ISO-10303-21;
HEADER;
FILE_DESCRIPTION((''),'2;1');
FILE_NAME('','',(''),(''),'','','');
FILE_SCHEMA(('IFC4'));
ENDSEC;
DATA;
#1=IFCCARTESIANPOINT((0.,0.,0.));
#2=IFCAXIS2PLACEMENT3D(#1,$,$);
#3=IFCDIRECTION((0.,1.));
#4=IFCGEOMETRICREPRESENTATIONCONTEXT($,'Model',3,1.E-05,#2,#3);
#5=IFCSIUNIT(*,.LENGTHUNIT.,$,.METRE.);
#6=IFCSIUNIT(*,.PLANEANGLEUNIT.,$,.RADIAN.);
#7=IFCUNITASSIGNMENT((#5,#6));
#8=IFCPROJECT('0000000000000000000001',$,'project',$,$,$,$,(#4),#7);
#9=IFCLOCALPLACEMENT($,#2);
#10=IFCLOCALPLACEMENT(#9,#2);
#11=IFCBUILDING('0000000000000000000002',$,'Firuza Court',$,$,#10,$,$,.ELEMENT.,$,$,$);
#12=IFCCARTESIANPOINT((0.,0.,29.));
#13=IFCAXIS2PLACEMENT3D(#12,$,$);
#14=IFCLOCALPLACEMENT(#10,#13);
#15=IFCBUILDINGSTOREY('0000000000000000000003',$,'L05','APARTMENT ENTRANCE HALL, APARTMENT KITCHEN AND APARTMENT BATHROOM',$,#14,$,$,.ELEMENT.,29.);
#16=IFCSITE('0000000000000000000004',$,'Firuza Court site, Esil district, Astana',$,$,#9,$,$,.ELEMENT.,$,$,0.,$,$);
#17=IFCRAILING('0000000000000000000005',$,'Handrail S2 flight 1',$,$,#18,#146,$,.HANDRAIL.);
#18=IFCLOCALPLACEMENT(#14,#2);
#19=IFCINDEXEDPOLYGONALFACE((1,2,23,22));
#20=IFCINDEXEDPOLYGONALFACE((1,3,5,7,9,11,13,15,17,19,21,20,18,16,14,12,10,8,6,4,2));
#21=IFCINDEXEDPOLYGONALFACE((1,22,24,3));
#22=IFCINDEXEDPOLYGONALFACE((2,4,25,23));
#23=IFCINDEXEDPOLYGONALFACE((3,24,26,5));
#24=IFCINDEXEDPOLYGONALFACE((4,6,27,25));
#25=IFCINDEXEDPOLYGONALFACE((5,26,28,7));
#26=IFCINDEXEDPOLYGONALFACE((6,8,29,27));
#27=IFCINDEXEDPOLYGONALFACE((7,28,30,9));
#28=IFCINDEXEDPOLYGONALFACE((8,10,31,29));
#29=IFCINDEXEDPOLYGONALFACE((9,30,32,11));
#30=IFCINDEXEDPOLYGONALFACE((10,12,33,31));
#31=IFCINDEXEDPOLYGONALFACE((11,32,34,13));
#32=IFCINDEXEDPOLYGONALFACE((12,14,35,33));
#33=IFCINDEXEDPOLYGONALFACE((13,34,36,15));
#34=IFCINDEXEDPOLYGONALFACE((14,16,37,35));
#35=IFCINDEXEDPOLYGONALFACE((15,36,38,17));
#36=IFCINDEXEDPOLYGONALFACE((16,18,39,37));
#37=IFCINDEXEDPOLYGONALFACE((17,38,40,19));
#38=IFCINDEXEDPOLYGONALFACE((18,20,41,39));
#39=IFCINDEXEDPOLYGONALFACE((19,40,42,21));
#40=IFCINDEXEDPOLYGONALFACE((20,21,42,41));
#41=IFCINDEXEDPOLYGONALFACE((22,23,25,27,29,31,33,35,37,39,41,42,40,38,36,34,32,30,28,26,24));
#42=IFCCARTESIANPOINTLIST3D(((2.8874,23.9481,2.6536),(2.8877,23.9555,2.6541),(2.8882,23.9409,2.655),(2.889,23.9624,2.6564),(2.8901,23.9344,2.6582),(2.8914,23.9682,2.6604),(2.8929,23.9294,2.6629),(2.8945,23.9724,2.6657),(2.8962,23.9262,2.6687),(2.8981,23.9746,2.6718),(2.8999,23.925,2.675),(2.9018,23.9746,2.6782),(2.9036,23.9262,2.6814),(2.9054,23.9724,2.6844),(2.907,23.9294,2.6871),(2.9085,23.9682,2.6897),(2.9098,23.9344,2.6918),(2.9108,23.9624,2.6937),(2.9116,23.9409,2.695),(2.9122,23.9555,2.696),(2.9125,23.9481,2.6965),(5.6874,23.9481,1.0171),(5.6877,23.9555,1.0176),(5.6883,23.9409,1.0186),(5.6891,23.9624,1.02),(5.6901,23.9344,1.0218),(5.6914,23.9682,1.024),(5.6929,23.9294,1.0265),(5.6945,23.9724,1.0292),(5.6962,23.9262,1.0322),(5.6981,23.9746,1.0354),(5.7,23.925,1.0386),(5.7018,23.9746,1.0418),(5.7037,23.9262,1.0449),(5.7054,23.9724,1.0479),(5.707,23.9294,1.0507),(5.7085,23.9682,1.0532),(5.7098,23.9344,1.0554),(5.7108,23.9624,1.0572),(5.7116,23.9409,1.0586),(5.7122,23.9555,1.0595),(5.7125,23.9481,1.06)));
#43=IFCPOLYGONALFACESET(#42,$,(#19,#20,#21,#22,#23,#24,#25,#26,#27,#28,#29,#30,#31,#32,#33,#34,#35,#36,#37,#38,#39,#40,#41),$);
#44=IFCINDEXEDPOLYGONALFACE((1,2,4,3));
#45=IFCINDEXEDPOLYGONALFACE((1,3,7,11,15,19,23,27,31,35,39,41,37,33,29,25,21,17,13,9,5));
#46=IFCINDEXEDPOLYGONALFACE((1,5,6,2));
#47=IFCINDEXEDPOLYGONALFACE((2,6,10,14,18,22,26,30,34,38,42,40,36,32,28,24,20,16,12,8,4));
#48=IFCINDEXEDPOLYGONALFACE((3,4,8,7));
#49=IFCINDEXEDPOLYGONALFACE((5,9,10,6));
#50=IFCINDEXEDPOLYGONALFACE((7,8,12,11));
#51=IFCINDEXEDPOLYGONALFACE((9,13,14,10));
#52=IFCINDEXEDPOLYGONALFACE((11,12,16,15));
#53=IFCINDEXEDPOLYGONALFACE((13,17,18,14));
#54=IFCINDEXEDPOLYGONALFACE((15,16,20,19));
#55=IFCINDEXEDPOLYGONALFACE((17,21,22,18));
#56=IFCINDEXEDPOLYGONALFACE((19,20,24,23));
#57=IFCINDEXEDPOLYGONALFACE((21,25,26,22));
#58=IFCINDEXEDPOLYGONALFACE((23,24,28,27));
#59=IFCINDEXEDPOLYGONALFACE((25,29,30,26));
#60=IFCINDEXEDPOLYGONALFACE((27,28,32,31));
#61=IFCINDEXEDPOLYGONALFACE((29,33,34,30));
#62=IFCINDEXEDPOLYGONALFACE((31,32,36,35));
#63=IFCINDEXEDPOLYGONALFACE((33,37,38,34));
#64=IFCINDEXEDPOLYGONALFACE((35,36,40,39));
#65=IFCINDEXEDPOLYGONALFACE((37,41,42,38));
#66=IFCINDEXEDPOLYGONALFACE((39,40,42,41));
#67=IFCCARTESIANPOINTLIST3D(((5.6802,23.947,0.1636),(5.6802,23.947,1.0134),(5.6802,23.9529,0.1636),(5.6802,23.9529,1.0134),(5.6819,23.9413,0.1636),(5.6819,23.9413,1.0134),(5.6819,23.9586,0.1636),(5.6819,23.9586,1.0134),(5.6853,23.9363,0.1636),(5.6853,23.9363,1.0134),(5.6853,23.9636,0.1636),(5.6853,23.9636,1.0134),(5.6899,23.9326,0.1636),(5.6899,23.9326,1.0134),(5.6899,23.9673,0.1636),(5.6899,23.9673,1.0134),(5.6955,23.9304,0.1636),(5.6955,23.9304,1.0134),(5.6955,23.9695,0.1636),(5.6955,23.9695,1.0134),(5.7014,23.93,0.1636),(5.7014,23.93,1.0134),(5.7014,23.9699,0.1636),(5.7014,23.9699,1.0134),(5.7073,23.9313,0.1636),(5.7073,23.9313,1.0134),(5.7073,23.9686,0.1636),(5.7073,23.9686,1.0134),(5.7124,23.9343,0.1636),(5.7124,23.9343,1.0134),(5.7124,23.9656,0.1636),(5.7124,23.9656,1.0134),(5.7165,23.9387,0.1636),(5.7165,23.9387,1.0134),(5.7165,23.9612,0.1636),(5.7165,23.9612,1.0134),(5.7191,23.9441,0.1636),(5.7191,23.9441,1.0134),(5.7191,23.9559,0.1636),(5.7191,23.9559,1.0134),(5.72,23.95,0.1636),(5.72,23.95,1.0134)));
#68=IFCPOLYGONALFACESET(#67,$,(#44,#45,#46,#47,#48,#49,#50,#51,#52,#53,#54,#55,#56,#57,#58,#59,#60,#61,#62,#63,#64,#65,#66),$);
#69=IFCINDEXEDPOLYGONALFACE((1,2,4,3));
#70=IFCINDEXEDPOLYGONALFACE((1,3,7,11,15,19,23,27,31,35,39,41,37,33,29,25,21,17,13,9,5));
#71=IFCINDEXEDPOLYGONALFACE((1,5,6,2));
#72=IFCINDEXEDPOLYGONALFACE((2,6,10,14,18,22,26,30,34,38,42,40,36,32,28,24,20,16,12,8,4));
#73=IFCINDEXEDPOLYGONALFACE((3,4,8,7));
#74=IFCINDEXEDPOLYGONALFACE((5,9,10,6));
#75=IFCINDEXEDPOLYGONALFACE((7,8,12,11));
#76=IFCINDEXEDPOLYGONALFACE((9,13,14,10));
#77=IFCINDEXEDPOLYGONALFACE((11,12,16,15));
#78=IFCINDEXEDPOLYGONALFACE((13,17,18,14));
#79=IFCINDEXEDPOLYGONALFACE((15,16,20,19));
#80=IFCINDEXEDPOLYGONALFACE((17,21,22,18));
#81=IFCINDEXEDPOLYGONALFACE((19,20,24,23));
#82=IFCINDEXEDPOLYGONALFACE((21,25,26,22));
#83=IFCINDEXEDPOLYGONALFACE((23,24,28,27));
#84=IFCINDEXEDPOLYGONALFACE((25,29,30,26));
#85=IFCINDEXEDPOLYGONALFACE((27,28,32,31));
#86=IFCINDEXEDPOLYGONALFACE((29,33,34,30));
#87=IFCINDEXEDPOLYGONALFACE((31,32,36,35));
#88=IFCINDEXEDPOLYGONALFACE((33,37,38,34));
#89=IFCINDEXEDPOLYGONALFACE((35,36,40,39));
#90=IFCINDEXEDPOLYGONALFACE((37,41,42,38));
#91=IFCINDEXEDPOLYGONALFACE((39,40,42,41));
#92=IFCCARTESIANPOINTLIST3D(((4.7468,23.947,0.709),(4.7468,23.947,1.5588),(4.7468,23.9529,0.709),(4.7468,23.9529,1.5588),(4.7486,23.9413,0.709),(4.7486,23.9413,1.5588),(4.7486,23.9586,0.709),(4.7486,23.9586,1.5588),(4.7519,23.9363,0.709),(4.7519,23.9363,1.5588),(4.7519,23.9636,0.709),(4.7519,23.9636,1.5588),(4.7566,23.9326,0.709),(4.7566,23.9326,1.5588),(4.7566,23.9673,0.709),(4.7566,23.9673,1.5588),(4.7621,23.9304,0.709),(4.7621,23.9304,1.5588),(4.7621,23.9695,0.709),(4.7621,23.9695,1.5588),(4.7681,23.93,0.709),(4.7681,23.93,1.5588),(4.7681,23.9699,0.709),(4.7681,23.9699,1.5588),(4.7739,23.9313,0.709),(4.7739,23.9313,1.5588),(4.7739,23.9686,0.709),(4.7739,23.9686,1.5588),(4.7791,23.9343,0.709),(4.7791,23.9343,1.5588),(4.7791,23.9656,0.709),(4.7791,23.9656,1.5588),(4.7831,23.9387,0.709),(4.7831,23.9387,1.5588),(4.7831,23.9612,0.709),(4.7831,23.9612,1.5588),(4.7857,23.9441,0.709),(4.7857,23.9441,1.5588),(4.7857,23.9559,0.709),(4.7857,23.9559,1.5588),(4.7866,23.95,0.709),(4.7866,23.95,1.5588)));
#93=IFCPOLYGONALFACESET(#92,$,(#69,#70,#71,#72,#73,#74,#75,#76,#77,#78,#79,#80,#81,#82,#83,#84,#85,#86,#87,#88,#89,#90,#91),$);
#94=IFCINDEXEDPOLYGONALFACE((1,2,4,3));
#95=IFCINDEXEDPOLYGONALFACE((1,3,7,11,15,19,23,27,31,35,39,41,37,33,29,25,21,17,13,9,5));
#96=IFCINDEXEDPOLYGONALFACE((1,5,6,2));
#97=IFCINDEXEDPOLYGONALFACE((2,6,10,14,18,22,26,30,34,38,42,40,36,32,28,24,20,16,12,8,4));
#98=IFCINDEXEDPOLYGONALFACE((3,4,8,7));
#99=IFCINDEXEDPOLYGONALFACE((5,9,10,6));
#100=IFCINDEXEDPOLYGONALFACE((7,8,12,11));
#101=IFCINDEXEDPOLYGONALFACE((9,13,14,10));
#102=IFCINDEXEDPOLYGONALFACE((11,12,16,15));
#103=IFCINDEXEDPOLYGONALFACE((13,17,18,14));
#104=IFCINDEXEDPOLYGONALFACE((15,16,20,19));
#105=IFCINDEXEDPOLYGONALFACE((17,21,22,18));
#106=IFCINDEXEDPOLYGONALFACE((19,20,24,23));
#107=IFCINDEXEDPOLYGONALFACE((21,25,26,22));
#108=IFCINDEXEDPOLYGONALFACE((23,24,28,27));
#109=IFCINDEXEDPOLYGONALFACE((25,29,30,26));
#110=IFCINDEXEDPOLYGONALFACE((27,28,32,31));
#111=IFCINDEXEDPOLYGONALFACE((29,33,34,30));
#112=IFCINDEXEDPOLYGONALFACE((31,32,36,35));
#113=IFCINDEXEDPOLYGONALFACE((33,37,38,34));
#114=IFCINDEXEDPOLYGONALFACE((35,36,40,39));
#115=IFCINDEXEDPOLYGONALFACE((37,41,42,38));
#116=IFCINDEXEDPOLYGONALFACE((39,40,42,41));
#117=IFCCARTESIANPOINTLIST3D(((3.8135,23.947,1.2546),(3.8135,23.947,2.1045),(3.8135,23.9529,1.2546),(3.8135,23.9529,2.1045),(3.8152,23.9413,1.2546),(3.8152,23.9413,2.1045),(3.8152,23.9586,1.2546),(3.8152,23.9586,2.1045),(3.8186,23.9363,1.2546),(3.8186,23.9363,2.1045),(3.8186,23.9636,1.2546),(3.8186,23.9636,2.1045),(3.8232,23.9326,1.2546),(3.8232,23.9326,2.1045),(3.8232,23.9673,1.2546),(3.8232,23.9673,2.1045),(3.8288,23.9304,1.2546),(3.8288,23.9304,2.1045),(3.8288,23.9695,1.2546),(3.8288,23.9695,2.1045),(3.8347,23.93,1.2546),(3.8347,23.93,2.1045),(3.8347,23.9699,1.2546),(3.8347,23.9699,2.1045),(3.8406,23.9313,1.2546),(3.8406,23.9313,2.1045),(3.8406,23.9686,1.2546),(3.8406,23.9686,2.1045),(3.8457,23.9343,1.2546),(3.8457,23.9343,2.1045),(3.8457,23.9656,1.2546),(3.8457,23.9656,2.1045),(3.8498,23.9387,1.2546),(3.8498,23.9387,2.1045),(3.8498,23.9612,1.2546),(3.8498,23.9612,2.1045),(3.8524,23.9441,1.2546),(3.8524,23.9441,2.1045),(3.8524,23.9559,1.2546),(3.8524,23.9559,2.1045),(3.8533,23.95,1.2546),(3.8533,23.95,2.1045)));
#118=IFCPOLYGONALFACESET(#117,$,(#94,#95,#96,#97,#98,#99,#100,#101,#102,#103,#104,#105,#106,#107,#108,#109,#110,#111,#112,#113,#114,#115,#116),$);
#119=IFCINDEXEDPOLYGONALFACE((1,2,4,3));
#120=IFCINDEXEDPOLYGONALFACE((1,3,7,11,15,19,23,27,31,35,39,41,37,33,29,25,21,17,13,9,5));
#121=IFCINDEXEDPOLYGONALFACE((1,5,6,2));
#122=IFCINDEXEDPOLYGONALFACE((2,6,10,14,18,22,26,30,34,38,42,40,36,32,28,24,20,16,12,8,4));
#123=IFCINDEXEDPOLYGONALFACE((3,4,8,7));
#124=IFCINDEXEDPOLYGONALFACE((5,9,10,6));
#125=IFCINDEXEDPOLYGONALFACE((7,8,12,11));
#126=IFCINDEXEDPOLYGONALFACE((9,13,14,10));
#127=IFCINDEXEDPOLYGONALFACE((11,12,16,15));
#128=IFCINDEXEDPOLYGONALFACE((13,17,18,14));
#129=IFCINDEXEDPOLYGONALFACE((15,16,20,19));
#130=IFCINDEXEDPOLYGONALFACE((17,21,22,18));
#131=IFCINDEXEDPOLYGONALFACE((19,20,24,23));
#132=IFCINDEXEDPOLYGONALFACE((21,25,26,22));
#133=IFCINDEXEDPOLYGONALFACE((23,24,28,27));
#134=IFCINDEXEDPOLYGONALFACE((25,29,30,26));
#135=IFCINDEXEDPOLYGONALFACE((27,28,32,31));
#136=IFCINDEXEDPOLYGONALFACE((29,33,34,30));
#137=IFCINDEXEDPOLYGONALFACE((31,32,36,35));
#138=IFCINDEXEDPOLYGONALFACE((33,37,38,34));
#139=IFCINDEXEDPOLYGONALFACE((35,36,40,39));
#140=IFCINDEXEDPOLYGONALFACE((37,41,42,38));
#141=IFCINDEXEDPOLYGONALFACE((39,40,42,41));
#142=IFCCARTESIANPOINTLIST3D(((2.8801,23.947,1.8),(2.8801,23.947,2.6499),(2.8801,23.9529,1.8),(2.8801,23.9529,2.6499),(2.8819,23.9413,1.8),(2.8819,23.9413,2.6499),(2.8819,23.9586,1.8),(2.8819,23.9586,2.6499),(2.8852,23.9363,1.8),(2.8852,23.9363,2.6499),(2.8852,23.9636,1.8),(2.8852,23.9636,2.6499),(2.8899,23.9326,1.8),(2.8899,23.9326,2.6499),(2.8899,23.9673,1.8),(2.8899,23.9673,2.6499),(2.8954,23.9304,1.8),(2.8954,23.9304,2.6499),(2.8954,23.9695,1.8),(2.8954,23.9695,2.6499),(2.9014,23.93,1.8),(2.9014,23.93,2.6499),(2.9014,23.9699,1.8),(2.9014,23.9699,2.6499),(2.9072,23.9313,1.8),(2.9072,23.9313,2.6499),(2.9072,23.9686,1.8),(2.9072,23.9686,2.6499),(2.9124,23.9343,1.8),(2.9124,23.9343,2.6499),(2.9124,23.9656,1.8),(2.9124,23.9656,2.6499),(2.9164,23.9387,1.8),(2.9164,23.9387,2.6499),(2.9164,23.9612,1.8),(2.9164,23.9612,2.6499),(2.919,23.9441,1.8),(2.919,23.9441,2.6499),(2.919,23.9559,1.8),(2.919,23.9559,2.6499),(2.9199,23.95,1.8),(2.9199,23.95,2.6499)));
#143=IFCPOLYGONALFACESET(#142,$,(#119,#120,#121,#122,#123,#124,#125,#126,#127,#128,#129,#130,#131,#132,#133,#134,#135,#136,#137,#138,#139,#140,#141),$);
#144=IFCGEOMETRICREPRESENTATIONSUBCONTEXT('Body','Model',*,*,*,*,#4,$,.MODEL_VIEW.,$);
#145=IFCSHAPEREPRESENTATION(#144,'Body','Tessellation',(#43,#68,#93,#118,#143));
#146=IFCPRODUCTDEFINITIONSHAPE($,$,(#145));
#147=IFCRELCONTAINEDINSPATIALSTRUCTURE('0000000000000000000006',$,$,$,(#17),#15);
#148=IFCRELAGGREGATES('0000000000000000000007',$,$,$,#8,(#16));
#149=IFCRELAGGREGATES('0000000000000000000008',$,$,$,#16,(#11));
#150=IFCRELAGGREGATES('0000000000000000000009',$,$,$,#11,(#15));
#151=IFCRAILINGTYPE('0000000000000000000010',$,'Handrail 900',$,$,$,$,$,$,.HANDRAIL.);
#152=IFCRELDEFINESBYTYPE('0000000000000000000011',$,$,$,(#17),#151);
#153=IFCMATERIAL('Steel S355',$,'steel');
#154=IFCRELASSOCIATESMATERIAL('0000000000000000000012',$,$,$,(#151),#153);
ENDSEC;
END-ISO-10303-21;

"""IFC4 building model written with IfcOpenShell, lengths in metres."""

from ifc_helpers import new_model, si_unit, direction, frame, origin, origin_2d, place, context, subcontext, project, spatial, circle, extrude, material, type_object, element, save


model = new_model("IFC4")

# Units and contexts
model_context = context("Model", 3, precision=1e-05, world=origin(), true_north=direction((0.0, 1.0)))
body_context = subcontext(model_context, "Body", "Model", "MODEL_VIEW")
ifc_project = project(units=[si_unit("LENGTHUNIT", "METRE"), si_unit("PLANEANGLEUNIT", "RADIAN")], contexts=[model_context])

# Site, building, storey
site_placement = place(None, origin())
site = spatial("IfcSite", under=ifc_project, at=site_placement, Name="Firuza Court site, Esil district, Astana", CompositionType="ELEMENT", RefElevation=0.0)
building_placement = place(site_placement, origin())
building = spatial("IfcBuilding", under=site, at=building_placement, Name="Firuza Court", CompositionType="ELEMENT")
storey_placement = place(building_placement, frame((0.0, 0.0, 29.0)))
storey = spatial("IfcBuildingStorey", under=building, at=storey_placement, Name="L05", Description="APARTMENT ENTRANCE HALL, APARTMENT KITCHEN AND APARTMENT BATHROOM", CompositionType="ELEMENT", Elevation=29.0)

# Railing
ifc_material_1 = material(Name="Steel S355", Category="steel")
railing_type_1 = type_object("IfcRailingType", Name="Handrail 900", PredefinedType="HANDRAIL", material=ifc_material_1)
railing_1_placement = place(storey_placement, frame((5.7, 23.95, 0.1636)))
element("IfcRailing", 1, at=railing_1_placement, inside=storey, type_object=railing_type_1, Name="Handrail S2 flight 1", PredefinedType="HANDRAIL", context=body_context, shape_type="SweptSolid", body=[
    extrude(circle(Radius=0.0249, at=origin_2d()), frame((0.0, 0.0, 0.875), z_axis=(-0.863361, 0.0, 0.504587), x_axis=(0.0, -1.0, 0.0)), (0.0, 0.0, 1.0), 3.2432),
    extrude(circle(Radius=0.02, at=origin_2d()), origin(), (0.0, 0.0, 1.0), 0.8499),
    extrude(circle(Radius=0.02, at=origin_2d()), frame((-0.9333, 0.0, 0.5454)), (0.0, 0.0, 1.0), 0.8499),
    extrude(circle(Radius=0.02, at=origin_2d()), frame((-1.8667, 0.0, 1.0911)), (0.0, 0.0, 1.0), 0.8499),
    extrude(circle(Radius=0.02, at=origin_2d()), frame((-2.8, 0.0, 1.6365)), (0.0, 0.0, 1.0), 0.8499),
])

save(model, "model.ifc")
